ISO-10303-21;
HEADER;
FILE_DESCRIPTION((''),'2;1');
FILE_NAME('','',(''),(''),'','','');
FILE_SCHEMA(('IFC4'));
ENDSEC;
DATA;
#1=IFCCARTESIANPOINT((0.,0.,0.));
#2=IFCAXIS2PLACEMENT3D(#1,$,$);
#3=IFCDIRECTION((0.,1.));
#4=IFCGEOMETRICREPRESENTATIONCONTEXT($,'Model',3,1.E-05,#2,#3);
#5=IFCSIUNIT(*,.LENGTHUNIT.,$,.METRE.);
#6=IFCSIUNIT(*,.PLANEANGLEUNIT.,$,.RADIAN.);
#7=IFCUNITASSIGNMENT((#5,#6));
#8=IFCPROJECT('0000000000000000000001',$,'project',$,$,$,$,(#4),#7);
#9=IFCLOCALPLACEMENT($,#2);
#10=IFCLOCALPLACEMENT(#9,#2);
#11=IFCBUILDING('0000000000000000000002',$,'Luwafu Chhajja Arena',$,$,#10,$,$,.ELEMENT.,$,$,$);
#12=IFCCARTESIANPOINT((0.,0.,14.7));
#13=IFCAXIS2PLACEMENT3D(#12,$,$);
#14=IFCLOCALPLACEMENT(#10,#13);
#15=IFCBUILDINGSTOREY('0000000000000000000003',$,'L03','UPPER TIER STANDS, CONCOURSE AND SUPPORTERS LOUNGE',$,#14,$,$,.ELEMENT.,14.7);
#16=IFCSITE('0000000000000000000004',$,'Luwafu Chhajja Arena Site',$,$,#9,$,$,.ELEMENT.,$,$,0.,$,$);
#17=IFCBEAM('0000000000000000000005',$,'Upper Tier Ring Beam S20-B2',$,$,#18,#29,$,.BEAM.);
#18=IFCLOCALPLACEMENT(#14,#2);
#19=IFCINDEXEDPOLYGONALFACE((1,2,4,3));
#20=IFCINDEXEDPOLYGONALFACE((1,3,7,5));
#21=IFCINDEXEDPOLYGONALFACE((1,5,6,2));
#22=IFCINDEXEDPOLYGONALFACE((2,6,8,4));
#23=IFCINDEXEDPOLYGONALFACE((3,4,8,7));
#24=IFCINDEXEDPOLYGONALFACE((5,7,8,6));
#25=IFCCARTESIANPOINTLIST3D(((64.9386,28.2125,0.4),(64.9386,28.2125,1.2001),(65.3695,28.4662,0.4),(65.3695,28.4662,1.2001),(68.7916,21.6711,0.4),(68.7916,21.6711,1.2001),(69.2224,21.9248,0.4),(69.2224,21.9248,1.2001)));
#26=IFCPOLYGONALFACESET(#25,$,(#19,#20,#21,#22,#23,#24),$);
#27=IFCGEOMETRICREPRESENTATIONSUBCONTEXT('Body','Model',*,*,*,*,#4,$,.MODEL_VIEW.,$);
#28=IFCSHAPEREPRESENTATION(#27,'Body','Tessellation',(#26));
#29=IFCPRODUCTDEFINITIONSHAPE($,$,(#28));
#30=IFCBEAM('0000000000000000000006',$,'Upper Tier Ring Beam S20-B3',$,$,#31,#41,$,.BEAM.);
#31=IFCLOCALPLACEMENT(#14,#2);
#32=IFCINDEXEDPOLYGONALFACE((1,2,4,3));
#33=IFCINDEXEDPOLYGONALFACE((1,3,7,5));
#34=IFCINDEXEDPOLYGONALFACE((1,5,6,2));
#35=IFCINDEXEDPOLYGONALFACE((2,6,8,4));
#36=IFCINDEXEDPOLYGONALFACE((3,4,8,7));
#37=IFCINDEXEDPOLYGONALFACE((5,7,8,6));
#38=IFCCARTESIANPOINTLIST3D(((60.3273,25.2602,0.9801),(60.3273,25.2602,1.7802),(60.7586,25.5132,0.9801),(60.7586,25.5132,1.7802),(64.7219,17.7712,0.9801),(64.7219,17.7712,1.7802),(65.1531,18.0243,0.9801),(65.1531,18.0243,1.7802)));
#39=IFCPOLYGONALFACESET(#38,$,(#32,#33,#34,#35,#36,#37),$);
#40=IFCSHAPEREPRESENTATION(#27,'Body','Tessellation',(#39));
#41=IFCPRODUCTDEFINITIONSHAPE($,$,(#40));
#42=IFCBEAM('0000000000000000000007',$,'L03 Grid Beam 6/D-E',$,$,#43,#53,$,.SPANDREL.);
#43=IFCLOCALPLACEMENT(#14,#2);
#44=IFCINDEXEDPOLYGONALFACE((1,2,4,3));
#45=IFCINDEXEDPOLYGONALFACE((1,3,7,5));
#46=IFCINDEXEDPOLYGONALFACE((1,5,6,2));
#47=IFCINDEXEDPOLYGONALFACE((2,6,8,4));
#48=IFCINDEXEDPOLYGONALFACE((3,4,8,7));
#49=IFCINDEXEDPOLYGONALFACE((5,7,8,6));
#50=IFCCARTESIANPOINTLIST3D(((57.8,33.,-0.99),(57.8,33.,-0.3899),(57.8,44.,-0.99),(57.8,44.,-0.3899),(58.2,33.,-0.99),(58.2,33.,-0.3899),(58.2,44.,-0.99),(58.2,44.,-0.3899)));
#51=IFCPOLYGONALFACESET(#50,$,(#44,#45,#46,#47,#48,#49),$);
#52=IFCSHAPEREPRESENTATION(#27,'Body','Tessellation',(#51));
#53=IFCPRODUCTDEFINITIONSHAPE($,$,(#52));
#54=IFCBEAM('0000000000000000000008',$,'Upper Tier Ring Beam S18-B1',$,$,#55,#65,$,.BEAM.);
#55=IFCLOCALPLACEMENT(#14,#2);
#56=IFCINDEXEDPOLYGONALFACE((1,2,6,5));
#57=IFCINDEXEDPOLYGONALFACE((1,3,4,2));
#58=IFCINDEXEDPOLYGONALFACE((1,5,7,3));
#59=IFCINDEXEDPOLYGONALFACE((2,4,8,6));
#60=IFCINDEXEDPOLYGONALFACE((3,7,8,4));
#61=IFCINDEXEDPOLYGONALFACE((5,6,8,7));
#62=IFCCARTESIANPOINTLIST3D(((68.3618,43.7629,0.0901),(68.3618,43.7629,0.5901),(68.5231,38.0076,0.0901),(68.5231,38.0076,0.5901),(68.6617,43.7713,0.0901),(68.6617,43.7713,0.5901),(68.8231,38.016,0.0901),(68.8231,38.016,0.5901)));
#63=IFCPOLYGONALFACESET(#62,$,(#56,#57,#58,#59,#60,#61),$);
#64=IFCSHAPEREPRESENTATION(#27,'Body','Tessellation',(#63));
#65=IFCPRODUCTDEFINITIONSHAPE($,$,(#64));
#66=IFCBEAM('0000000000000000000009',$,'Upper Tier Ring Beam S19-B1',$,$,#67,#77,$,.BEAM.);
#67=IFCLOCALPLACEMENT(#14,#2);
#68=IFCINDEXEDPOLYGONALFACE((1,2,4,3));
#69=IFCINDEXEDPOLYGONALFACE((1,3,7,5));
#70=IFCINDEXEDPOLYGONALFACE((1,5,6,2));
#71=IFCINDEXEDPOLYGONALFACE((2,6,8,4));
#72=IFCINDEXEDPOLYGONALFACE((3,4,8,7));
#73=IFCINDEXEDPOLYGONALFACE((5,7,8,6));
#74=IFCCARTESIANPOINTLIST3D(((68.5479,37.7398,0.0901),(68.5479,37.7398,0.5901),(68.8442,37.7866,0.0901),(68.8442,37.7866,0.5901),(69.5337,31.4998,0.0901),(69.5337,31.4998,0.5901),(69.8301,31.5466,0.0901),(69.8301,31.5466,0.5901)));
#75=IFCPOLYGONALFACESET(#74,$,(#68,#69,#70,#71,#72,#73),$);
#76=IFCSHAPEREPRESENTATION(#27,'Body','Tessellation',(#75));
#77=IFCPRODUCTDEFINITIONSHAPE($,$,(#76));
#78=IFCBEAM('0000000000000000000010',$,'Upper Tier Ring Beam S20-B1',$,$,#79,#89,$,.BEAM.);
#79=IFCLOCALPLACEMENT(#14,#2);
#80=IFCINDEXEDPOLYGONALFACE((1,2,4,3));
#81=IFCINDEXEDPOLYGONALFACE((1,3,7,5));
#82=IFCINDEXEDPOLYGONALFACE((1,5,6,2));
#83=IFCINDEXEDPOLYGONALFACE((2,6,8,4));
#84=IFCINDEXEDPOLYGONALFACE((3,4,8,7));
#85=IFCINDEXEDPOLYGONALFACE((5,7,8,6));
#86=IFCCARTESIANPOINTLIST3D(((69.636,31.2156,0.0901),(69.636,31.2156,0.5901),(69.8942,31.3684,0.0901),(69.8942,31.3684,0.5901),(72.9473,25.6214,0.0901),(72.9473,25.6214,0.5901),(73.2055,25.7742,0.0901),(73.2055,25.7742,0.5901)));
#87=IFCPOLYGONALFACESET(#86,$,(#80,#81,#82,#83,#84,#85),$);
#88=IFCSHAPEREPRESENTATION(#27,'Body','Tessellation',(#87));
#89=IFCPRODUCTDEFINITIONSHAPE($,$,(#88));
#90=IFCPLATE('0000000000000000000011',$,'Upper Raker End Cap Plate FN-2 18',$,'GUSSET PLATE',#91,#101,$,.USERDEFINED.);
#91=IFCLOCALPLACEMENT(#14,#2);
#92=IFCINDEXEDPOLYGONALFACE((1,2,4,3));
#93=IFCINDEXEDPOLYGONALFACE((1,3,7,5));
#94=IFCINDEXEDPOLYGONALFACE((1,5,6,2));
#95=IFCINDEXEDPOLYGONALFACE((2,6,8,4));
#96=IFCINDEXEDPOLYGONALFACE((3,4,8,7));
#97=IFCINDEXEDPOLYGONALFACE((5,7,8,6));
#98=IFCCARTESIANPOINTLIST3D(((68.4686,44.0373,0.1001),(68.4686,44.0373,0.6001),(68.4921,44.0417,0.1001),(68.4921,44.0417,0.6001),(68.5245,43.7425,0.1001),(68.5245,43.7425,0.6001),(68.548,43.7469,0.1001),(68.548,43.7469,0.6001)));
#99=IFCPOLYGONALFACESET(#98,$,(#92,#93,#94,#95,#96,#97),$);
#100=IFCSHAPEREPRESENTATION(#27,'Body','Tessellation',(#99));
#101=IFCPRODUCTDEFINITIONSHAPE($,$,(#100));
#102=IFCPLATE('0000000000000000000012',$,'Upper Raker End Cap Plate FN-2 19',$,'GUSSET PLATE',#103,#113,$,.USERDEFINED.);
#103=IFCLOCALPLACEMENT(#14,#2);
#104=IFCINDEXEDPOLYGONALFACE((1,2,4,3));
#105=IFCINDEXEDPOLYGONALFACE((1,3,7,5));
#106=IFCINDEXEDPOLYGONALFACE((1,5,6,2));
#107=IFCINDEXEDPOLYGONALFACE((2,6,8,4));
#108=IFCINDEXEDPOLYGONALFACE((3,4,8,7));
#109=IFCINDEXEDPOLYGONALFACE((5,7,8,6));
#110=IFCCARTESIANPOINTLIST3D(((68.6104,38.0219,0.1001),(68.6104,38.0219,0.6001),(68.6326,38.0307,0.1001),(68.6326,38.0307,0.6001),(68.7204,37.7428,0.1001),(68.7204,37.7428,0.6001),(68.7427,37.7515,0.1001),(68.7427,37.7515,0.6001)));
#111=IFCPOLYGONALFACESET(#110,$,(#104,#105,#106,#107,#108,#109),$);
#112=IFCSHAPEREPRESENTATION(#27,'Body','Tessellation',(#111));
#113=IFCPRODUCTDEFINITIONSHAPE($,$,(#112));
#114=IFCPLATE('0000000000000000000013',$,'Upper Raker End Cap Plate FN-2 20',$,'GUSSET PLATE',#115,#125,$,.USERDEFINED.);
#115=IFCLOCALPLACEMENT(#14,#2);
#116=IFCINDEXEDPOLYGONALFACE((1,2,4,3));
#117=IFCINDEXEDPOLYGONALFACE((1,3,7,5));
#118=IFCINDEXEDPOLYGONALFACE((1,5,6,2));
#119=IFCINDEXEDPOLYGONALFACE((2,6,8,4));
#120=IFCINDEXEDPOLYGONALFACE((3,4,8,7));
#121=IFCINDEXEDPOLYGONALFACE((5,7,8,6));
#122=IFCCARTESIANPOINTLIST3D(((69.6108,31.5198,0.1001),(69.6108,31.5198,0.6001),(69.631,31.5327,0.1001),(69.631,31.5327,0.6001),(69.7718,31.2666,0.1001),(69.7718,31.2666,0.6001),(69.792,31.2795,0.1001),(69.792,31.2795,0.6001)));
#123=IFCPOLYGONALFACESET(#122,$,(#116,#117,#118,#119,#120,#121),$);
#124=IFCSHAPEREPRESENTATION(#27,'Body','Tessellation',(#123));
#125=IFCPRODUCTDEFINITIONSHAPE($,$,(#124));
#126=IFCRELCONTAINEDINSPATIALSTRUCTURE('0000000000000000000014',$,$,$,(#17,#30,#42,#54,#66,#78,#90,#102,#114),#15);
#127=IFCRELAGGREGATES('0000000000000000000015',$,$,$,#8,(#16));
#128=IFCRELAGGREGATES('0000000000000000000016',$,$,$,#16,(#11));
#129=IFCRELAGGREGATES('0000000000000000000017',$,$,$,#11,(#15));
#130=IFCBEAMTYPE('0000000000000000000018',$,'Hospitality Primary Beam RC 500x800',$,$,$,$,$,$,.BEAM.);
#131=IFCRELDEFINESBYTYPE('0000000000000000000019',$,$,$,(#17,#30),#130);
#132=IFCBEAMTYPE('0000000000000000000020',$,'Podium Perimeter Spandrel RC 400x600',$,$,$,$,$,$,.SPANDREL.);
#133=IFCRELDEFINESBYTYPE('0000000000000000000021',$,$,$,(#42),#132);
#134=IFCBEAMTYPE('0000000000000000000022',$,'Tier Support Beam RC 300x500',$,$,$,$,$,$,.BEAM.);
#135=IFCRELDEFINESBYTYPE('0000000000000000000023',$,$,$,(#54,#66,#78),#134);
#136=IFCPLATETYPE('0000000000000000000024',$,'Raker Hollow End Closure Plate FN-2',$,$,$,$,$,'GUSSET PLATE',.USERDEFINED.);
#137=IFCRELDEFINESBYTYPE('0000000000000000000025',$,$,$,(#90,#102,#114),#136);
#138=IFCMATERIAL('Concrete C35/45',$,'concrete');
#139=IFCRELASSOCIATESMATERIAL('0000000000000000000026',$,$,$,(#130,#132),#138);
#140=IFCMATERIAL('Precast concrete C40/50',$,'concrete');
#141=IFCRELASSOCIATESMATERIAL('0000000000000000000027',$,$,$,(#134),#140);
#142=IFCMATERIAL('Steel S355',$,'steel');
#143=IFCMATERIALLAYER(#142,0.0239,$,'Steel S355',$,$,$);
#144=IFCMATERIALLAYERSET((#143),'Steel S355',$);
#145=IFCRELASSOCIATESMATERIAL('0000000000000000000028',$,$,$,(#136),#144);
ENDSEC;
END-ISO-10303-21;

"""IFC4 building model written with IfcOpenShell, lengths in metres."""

from ifc_helpers import new_model, si_unit, direction, frame, origin, origin_2d, place, context, subcontext, project, spatial, rectangle, extrude, material, layer, layer_set, material_profile, profile_set, type_object, element, save


model = new_model("IFC4")

# Units and contexts
model_context = context("Model", 3, precision=1e-05, world=origin(), true_north=direction((0.0, 1.0)))
body_context = subcontext(model_context, "Body", "Model", "MODEL_VIEW")
ifc_project = project(units=[si_unit("LENGTHUNIT", "METRE"), si_unit("PLANEANGLEUNIT", "RADIAN")], contexts=[model_context])

# Site, building, storey
site_placement = place(None, origin())
site = spatial("IfcSite", under=ifc_project, at=site_placement, Name="Luwafu Chhajja Arena Site", CompositionType="ELEMENT", RefElevation=0.0)
building_placement = place(site_placement, origin())
building = spatial("IfcBuilding", under=site, at=building_placement, Name="Luwafu Chhajja Arena", CompositionType="ELEMENT")
storey_placement = place(building_placement, frame((0.0, 0.0, 14.7)))
storey = spatial("IfcBuildingStorey", under=building, at=storey_placement, Name="L03", Description="UPPER TIER STANDS, CONCOURSE AND SUPPORTERS LOUNGE", CompositionType="ELEMENT", Elevation=14.7)

# Shared definitions
ifc_material_1 = material(Name="Concrete C35/45", Category="concrete")
ifc_material_2 = material(Name="Steel S355", Category="steel")

# Beams
ifc_material_profile_1 = material_profile(ifc_material_1, rectangle(XDim=0.5, YDim=0.8, at=origin_2d()), Name="RC 500x800")
ifc_profile_set_1 = profile_set([ifc_material_profile_1], Name="Concrete C35/45")
beam_type_1 = type_object("IfcBeamType", Name="Hospitality Primary Beam RC 500x800", PredefinedType="BEAM", material=ifc_profile_set_1)
beam_1_placement = place(storey_placement, frame((65.1541, 28.3394, 0.8), z_axis=(0.507518, -0.861641, 0.0), x_axis=(0.861641, 0.507518, 0.0)))
element("IfcBeam", 1, at=beam_1_placement, inside=storey, type_object=beam_type_1, Name="Upper Tier Ring Beam S20-B2", PredefinedType="BEAM", context=body_context, shape_type="SweptSolid", body=[
    extrude(rectangle(XDim=0.5, YDim=0.8, at=origin_2d()), origin(), (0.0, 0.0, 1.0), 7.5918),
])
beam_2_placement = place(storey_placement, frame((60.543, 25.3867, 1.3801), z_axis=(0.506098, -0.862476, 0.0), x_axis=(0.862476, 0.506098, 0.0)))
element("IfcBeam", 2, at=beam_2_placement, inside=storey, type_object=beam_type_1, Name="Upper Tier Ring Beam S20-B3", PredefinedType="BEAM", context=body_context, shape_type="SweptSolid", body=[
    extrude(rectangle(XDim=0.5, YDim=0.8, at=origin_2d()), origin(), (0.0, 0.0, 1.0), 8.6831),
])
ifc_material_profile_2 = material_profile(ifc_material_1, rectangle(XDim=0.3999, YDim=0.6001, at=origin_2d()), Name="RC 400x600")
ifc_profile_set_2 = profile_set([ifc_material_profile_2], Name="Concrete C35/45")
beam_type_2 = type_object("IfcBeamType", Name="Podium Perimeter Spandrel RC 400x600", PredefinedType="SPANDREL", material=ifc_profile_set_2)
beam_3_placement = place(storey_placement, frame((58.0, 33.0, -0.6899), z_axis=(0.0, 1.0, 0.0), x_axis=(-1.0, 0.0, 0.0)))
element("IfcBeam", 3, at=beam_3_placement, inside=storey, type_object=beam_type_2, Name="L03 Grid Beam 6/D-E", PredefinedType="SPANDREL", context=body_context, shape_type="SweptSolid", body=[
    extrude(rectangle(XDim=0.3999, YDim=0.6001, at=origin_2d()), origin(), (0.0, 0.0, 1.0), 11.0),
])
ifc_material_3 = material(Name="Precast concrete C40/50", Category="concrete")
ifc_material_profile_3 = material_profile(ifc_material_3, rectangle(XDim=0.3, YDim=0.5, at=origin_2d()), Name="RC 300x500")
ifc_profile_set_3 = profile_set([ifc_material_profile_3], Name="Precast concrete C40/50")
beam_type_3 = type_object("IfcBeamType", Name="Tier Support Beam RC 300x500", PredefinedType="BEAM", material=ifc_profile_set_3)
beam_4_placement = place(storey_placement, frame((68.5117, 43.7671, 0.3401), z_axis=(0.028028, -0.999607, 0.0), x_axis=(0.999607, 0.028028, 0.0)))
element("IfcBeam", 4, at=beam_4_placement, inside=storey, type_object=beam_type_3, Name="Upper Tier Ring Beam S18-B1", PredefinedType="BEAM", context=body_context, shape_type="SweptSolid", body=[
    extrude(rectangle(XDim=0.3, YDim=0.5, at=origin_2d()), origin(), (0.0, 0.0, 1.0), 5.7576),
])
beam_5_placement = place(storey_placement, frame((68.696, 37.7632, 0.3401), z_axis=(0.156052, -0.987749, 0.0), x_axis=(0.987749, 0.156052, 0.0)))
element("IfcBeam", 5, at=beam_5_placement, inside=storey, type_object=beam_type_3, Name="Upper Tier Ring Beam S19-B1", PredefinedType="BEAM", context=body_context, shape_type="SweptSolid", body=[
    extrude(rectangle(XDim=0.3, YDim=0.5, at=origin_2d()), origin(), (0.0, 0.0, 1.0), 6.3174),
])
beam_6_placement = place(storey_placement, frame((69.7651, 31.292, 0.3401), z_axis=(0.509367, -0.860549, 0.0), x_axis=(0.860549, 0.509367, 0.0)))
element("IfcBeam", 6, at=beam_6_placement, inside=storey, type_object=beam_type_3, Name="Upper Tier Ring Beam S20-B1", PredefinedType="BEAM", context=body_context, shape_type="SweptSolid", body=[
    extrude(rectangle(XDim=0.3, YDim=0.5, at=origin_2d()), origin(), (0.0, 0.0, 1.0), 6.5007),
])

# Plates
ifc_layer = layer(ifc_material_2, 0.0239, Name="Steel S355")
ifc_layer_set = layer_set([ifc_layer], Name="Steel S355")
plate_type = type_object("IfcPlateType", Name="Raker Hollow End Closure Plate FN-2", ElementType="GUSSET PLATE", PredefinedType="USERDEFINED", material=ifc_layer_set)
for number, where, z_axis, x_axis, name in (
    (7, (68.5083, 43.8921, 0.1001), (0.0, 0.0, 1.0), (-0.982548, -0.186009, 0.0), "Upper Raker End Cap Plate FN-2 18"),
    (8, (68.6765, 37.8867, 0.1001), (0.0, 0.0, 1.0), (-0.930319, -0.366752, 0.0), "Upper Raker End Cap Plate FN-2 19"),
    (9, (69.7014, 31.3997, 0.1001), (0.0, 0.0, 1.0), (-0.843828, -0.536613, 0.0), "Upper Raker End Cap Plate FN-2 20"),
):
    element("IfcPlate", number, at=place(storey_placement, frame(where, z_axis=z_axis, x_axis=x_axis)), inside=storey, type_object=plate_type, Name=name, ObjectType="GUSSET PLATE", PredefinedType="USERDEFINED", context=body_context, shape_type="SweptSolid", body=[
        extrude(rectangle(XDim=0.0239, YDim=0.3, at=origin_2d()), origin(), (0.0, 0.0, 1.0), 0.5),
    ])

save(model, "model.ifc")
